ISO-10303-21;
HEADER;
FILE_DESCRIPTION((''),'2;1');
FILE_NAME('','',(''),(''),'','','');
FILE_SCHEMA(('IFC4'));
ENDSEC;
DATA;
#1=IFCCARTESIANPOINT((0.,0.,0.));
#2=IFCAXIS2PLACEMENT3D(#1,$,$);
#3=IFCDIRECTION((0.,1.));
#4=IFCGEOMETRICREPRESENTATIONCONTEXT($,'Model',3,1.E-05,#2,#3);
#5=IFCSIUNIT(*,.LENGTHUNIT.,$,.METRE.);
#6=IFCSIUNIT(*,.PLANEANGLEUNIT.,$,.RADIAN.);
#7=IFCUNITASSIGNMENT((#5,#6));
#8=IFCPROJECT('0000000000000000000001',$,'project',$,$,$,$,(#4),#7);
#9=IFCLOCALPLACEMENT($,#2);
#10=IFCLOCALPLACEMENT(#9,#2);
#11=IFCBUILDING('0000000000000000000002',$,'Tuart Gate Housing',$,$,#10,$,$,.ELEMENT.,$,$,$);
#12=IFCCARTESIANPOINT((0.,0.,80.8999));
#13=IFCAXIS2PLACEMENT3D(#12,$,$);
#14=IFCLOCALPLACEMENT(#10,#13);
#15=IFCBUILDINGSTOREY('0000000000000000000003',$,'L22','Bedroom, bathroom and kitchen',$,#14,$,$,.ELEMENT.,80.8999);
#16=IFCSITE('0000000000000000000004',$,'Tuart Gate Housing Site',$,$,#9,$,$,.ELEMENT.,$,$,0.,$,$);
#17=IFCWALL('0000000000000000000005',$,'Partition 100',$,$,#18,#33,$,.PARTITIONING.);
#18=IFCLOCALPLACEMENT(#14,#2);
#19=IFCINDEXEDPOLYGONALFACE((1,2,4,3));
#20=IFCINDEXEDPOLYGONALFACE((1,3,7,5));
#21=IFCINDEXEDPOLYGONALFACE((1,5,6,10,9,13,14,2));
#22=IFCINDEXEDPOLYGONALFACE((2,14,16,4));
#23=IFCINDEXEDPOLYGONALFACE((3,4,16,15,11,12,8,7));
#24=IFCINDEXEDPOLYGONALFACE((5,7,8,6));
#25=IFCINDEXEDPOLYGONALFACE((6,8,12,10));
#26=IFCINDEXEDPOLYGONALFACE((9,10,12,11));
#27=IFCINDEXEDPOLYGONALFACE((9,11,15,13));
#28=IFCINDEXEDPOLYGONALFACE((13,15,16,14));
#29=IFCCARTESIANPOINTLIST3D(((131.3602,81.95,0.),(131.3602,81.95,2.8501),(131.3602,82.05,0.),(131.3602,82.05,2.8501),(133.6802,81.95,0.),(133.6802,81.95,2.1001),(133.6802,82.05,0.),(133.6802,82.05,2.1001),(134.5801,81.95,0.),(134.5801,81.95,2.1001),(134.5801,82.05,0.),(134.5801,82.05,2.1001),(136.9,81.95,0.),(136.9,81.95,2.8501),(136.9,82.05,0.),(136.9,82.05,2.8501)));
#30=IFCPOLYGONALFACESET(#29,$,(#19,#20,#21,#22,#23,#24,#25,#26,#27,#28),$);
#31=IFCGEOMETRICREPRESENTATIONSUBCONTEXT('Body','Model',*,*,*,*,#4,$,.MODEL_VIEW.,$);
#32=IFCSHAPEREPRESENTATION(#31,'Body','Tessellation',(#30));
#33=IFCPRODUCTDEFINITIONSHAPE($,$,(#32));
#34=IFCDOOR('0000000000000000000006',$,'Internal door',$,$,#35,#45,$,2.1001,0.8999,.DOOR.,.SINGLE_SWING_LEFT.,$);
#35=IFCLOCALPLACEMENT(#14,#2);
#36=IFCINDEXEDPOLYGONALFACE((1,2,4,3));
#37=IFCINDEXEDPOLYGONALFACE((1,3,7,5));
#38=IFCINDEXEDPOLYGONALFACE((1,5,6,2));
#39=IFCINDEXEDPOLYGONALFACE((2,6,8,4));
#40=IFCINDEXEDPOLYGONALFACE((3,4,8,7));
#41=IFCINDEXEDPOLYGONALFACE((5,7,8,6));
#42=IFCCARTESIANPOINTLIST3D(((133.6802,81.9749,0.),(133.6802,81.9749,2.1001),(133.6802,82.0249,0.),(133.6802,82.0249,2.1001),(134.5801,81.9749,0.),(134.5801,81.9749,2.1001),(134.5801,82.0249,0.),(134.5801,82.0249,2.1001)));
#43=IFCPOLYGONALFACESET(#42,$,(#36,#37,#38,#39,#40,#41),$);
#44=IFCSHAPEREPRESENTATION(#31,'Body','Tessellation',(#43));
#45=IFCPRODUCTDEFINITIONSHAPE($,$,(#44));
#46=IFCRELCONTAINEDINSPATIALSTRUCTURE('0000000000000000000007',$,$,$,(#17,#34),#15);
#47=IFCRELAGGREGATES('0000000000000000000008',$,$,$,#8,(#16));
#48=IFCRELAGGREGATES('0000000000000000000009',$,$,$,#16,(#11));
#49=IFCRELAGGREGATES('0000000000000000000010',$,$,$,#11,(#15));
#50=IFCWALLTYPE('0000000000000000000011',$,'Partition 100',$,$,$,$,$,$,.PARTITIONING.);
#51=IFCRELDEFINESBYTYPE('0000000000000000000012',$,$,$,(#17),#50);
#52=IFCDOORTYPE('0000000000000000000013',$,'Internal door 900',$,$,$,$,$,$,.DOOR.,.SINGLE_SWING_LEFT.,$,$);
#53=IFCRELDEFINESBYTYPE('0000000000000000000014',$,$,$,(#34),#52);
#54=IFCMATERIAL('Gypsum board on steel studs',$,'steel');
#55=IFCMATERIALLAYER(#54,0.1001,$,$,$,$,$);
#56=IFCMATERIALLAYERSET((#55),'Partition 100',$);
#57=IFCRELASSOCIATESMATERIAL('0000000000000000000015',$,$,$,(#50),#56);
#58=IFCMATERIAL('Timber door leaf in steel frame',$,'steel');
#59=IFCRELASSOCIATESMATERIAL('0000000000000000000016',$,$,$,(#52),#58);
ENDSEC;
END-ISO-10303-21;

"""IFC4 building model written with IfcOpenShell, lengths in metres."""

from ifc_helpers import new_model, si_unit, direction, frame, frame_2d, origin, place, context, subcontext, project, spatial, rectangle, extrude, material, layer, layer_set, type_object, element, fill, save


model = new_model("IFC4")

# Units and contexts
model_context = context("Model", 3, precision=1e-05, world=origin(), true_north=direction((0.0, 1.0)))
body_context = subcontext(model_context, "Body", "Model", "MODEL_VIEW")
ifc_project = project(units=[si_unit("LENGTHUNIT", "METRE"), si_unit("PLANEANGLEUNIT", "RADIAN")], contexts=[model_context])

# Site, building, storey
site_placement = place(None, origin())
site = spatial("IfcSite", under=ifc_project, at=site_placement, Name="Tuart Gate Housing Site", CompositionType="ELEMENT", RefElevation=0.0)
building_placement = place(site_placement, origin())
building = spatial("IfcBuilding", under=site, at=building_placement, Name="Tuart Gate Housing", CompositionType="ELEMENT")
storey_placement = place(building_placement, frame((0.0, 0.0, 80.8999)))
storey = spatial("IfcBuildingStorey", under=building, at=storey_placement, Name="L22", Description="Bedroom, bathroom and kitchen", CompositionType="ELEMENT", Elevation=80.8999)

# Shared definitions
ifc_material_1 = material(Name="Gypsum board on steel studs", Category="steel")
ifc_layer_1 = layer(ifc_material_1, 0.1001)
ifc_layer_set_1 = layer_set([ifc_layer_1], Name="Partition 100")
wall_type_1 = type_object("IfcWallType", Name="Partition 100", PredefinedType="PARTITIONING", material=ifc_layer_set_1)

# Wall, opening, door
wall_1_placement = place(storey_placement, frame((131.3601, 82.0, 0.0), z_axis=(0.0, 0.0, 1.0), x_axis=(1.0, 0.0, 0.0)))
wall_1 = element("IfcWall", 1, at=wall_1_placement, inside=storey, type_object=wall_type_1, Name="Partition 100", PredefinedType="PARTITIONING", context=body_context, shape_type="SweptSolid", body=[
    extrude(rectangle(XDim=5.5398, YDim=0.1001, at=frame_2d((2.77, 0.0))), origin(), (0.0, 0.0, 1.0), 2.8501),
])
opening_1_placement = place(wall_1_placement, frame((2.3201, 0.0, 0.0)))
opening_1 = element("IfcOpeningElement", 2, at=opening_1_placement, cuts=wall_1, PredefinedType="OPENING", context=body_context, shape_type="SweptSolid", body=[
    extrude(rectangle(XDim=0.8999, YDim=2.1001, at=frame_2d((0.45, 1.05))), frame((0.0, 0.0601, 0.0), z_axis=(0.0, -1.0, 0.0), x_axis=(1.0, 0.0, 0.0)), (0.0, 0.0, 1.0), 0.1201),
])
ifc_material_2 = material(Name="Timber door leaf in steel frame", Category="steel")
door_type = type_object("IfcDoorType", Name="Internal door 900", OperationType="SINGLE_SWING_LEFT", PredefinedType="DOOR", material=ifc_material_2)
door_placement = place(opening_1_placement, origin())
door = element("IfcDoor", 3, at=door_placement, inside=storey, type_object=door_type, Name="Internal door", OperationType="SINGLE_SWING_LEFT", OverallHeight=2.1001, OverallWidth=0.8999, PredefinedType="DOOR", context=body_context, shape_type="SweptSolid", body=[
    extrude(rectangle(XDim=0.8999, YDim=2.1001, at=frame_2d((0.45, 1.05))), frame((0.0, 0.0249, 0.0), z_axis=(0.0, -1.0, 0.0), x_axis=(1.0, 0.0, 0.0)), (0.0, 0.0, 1.0), 0.05),
])
fill(opening_1, door)

save(model, "model.ifc")
